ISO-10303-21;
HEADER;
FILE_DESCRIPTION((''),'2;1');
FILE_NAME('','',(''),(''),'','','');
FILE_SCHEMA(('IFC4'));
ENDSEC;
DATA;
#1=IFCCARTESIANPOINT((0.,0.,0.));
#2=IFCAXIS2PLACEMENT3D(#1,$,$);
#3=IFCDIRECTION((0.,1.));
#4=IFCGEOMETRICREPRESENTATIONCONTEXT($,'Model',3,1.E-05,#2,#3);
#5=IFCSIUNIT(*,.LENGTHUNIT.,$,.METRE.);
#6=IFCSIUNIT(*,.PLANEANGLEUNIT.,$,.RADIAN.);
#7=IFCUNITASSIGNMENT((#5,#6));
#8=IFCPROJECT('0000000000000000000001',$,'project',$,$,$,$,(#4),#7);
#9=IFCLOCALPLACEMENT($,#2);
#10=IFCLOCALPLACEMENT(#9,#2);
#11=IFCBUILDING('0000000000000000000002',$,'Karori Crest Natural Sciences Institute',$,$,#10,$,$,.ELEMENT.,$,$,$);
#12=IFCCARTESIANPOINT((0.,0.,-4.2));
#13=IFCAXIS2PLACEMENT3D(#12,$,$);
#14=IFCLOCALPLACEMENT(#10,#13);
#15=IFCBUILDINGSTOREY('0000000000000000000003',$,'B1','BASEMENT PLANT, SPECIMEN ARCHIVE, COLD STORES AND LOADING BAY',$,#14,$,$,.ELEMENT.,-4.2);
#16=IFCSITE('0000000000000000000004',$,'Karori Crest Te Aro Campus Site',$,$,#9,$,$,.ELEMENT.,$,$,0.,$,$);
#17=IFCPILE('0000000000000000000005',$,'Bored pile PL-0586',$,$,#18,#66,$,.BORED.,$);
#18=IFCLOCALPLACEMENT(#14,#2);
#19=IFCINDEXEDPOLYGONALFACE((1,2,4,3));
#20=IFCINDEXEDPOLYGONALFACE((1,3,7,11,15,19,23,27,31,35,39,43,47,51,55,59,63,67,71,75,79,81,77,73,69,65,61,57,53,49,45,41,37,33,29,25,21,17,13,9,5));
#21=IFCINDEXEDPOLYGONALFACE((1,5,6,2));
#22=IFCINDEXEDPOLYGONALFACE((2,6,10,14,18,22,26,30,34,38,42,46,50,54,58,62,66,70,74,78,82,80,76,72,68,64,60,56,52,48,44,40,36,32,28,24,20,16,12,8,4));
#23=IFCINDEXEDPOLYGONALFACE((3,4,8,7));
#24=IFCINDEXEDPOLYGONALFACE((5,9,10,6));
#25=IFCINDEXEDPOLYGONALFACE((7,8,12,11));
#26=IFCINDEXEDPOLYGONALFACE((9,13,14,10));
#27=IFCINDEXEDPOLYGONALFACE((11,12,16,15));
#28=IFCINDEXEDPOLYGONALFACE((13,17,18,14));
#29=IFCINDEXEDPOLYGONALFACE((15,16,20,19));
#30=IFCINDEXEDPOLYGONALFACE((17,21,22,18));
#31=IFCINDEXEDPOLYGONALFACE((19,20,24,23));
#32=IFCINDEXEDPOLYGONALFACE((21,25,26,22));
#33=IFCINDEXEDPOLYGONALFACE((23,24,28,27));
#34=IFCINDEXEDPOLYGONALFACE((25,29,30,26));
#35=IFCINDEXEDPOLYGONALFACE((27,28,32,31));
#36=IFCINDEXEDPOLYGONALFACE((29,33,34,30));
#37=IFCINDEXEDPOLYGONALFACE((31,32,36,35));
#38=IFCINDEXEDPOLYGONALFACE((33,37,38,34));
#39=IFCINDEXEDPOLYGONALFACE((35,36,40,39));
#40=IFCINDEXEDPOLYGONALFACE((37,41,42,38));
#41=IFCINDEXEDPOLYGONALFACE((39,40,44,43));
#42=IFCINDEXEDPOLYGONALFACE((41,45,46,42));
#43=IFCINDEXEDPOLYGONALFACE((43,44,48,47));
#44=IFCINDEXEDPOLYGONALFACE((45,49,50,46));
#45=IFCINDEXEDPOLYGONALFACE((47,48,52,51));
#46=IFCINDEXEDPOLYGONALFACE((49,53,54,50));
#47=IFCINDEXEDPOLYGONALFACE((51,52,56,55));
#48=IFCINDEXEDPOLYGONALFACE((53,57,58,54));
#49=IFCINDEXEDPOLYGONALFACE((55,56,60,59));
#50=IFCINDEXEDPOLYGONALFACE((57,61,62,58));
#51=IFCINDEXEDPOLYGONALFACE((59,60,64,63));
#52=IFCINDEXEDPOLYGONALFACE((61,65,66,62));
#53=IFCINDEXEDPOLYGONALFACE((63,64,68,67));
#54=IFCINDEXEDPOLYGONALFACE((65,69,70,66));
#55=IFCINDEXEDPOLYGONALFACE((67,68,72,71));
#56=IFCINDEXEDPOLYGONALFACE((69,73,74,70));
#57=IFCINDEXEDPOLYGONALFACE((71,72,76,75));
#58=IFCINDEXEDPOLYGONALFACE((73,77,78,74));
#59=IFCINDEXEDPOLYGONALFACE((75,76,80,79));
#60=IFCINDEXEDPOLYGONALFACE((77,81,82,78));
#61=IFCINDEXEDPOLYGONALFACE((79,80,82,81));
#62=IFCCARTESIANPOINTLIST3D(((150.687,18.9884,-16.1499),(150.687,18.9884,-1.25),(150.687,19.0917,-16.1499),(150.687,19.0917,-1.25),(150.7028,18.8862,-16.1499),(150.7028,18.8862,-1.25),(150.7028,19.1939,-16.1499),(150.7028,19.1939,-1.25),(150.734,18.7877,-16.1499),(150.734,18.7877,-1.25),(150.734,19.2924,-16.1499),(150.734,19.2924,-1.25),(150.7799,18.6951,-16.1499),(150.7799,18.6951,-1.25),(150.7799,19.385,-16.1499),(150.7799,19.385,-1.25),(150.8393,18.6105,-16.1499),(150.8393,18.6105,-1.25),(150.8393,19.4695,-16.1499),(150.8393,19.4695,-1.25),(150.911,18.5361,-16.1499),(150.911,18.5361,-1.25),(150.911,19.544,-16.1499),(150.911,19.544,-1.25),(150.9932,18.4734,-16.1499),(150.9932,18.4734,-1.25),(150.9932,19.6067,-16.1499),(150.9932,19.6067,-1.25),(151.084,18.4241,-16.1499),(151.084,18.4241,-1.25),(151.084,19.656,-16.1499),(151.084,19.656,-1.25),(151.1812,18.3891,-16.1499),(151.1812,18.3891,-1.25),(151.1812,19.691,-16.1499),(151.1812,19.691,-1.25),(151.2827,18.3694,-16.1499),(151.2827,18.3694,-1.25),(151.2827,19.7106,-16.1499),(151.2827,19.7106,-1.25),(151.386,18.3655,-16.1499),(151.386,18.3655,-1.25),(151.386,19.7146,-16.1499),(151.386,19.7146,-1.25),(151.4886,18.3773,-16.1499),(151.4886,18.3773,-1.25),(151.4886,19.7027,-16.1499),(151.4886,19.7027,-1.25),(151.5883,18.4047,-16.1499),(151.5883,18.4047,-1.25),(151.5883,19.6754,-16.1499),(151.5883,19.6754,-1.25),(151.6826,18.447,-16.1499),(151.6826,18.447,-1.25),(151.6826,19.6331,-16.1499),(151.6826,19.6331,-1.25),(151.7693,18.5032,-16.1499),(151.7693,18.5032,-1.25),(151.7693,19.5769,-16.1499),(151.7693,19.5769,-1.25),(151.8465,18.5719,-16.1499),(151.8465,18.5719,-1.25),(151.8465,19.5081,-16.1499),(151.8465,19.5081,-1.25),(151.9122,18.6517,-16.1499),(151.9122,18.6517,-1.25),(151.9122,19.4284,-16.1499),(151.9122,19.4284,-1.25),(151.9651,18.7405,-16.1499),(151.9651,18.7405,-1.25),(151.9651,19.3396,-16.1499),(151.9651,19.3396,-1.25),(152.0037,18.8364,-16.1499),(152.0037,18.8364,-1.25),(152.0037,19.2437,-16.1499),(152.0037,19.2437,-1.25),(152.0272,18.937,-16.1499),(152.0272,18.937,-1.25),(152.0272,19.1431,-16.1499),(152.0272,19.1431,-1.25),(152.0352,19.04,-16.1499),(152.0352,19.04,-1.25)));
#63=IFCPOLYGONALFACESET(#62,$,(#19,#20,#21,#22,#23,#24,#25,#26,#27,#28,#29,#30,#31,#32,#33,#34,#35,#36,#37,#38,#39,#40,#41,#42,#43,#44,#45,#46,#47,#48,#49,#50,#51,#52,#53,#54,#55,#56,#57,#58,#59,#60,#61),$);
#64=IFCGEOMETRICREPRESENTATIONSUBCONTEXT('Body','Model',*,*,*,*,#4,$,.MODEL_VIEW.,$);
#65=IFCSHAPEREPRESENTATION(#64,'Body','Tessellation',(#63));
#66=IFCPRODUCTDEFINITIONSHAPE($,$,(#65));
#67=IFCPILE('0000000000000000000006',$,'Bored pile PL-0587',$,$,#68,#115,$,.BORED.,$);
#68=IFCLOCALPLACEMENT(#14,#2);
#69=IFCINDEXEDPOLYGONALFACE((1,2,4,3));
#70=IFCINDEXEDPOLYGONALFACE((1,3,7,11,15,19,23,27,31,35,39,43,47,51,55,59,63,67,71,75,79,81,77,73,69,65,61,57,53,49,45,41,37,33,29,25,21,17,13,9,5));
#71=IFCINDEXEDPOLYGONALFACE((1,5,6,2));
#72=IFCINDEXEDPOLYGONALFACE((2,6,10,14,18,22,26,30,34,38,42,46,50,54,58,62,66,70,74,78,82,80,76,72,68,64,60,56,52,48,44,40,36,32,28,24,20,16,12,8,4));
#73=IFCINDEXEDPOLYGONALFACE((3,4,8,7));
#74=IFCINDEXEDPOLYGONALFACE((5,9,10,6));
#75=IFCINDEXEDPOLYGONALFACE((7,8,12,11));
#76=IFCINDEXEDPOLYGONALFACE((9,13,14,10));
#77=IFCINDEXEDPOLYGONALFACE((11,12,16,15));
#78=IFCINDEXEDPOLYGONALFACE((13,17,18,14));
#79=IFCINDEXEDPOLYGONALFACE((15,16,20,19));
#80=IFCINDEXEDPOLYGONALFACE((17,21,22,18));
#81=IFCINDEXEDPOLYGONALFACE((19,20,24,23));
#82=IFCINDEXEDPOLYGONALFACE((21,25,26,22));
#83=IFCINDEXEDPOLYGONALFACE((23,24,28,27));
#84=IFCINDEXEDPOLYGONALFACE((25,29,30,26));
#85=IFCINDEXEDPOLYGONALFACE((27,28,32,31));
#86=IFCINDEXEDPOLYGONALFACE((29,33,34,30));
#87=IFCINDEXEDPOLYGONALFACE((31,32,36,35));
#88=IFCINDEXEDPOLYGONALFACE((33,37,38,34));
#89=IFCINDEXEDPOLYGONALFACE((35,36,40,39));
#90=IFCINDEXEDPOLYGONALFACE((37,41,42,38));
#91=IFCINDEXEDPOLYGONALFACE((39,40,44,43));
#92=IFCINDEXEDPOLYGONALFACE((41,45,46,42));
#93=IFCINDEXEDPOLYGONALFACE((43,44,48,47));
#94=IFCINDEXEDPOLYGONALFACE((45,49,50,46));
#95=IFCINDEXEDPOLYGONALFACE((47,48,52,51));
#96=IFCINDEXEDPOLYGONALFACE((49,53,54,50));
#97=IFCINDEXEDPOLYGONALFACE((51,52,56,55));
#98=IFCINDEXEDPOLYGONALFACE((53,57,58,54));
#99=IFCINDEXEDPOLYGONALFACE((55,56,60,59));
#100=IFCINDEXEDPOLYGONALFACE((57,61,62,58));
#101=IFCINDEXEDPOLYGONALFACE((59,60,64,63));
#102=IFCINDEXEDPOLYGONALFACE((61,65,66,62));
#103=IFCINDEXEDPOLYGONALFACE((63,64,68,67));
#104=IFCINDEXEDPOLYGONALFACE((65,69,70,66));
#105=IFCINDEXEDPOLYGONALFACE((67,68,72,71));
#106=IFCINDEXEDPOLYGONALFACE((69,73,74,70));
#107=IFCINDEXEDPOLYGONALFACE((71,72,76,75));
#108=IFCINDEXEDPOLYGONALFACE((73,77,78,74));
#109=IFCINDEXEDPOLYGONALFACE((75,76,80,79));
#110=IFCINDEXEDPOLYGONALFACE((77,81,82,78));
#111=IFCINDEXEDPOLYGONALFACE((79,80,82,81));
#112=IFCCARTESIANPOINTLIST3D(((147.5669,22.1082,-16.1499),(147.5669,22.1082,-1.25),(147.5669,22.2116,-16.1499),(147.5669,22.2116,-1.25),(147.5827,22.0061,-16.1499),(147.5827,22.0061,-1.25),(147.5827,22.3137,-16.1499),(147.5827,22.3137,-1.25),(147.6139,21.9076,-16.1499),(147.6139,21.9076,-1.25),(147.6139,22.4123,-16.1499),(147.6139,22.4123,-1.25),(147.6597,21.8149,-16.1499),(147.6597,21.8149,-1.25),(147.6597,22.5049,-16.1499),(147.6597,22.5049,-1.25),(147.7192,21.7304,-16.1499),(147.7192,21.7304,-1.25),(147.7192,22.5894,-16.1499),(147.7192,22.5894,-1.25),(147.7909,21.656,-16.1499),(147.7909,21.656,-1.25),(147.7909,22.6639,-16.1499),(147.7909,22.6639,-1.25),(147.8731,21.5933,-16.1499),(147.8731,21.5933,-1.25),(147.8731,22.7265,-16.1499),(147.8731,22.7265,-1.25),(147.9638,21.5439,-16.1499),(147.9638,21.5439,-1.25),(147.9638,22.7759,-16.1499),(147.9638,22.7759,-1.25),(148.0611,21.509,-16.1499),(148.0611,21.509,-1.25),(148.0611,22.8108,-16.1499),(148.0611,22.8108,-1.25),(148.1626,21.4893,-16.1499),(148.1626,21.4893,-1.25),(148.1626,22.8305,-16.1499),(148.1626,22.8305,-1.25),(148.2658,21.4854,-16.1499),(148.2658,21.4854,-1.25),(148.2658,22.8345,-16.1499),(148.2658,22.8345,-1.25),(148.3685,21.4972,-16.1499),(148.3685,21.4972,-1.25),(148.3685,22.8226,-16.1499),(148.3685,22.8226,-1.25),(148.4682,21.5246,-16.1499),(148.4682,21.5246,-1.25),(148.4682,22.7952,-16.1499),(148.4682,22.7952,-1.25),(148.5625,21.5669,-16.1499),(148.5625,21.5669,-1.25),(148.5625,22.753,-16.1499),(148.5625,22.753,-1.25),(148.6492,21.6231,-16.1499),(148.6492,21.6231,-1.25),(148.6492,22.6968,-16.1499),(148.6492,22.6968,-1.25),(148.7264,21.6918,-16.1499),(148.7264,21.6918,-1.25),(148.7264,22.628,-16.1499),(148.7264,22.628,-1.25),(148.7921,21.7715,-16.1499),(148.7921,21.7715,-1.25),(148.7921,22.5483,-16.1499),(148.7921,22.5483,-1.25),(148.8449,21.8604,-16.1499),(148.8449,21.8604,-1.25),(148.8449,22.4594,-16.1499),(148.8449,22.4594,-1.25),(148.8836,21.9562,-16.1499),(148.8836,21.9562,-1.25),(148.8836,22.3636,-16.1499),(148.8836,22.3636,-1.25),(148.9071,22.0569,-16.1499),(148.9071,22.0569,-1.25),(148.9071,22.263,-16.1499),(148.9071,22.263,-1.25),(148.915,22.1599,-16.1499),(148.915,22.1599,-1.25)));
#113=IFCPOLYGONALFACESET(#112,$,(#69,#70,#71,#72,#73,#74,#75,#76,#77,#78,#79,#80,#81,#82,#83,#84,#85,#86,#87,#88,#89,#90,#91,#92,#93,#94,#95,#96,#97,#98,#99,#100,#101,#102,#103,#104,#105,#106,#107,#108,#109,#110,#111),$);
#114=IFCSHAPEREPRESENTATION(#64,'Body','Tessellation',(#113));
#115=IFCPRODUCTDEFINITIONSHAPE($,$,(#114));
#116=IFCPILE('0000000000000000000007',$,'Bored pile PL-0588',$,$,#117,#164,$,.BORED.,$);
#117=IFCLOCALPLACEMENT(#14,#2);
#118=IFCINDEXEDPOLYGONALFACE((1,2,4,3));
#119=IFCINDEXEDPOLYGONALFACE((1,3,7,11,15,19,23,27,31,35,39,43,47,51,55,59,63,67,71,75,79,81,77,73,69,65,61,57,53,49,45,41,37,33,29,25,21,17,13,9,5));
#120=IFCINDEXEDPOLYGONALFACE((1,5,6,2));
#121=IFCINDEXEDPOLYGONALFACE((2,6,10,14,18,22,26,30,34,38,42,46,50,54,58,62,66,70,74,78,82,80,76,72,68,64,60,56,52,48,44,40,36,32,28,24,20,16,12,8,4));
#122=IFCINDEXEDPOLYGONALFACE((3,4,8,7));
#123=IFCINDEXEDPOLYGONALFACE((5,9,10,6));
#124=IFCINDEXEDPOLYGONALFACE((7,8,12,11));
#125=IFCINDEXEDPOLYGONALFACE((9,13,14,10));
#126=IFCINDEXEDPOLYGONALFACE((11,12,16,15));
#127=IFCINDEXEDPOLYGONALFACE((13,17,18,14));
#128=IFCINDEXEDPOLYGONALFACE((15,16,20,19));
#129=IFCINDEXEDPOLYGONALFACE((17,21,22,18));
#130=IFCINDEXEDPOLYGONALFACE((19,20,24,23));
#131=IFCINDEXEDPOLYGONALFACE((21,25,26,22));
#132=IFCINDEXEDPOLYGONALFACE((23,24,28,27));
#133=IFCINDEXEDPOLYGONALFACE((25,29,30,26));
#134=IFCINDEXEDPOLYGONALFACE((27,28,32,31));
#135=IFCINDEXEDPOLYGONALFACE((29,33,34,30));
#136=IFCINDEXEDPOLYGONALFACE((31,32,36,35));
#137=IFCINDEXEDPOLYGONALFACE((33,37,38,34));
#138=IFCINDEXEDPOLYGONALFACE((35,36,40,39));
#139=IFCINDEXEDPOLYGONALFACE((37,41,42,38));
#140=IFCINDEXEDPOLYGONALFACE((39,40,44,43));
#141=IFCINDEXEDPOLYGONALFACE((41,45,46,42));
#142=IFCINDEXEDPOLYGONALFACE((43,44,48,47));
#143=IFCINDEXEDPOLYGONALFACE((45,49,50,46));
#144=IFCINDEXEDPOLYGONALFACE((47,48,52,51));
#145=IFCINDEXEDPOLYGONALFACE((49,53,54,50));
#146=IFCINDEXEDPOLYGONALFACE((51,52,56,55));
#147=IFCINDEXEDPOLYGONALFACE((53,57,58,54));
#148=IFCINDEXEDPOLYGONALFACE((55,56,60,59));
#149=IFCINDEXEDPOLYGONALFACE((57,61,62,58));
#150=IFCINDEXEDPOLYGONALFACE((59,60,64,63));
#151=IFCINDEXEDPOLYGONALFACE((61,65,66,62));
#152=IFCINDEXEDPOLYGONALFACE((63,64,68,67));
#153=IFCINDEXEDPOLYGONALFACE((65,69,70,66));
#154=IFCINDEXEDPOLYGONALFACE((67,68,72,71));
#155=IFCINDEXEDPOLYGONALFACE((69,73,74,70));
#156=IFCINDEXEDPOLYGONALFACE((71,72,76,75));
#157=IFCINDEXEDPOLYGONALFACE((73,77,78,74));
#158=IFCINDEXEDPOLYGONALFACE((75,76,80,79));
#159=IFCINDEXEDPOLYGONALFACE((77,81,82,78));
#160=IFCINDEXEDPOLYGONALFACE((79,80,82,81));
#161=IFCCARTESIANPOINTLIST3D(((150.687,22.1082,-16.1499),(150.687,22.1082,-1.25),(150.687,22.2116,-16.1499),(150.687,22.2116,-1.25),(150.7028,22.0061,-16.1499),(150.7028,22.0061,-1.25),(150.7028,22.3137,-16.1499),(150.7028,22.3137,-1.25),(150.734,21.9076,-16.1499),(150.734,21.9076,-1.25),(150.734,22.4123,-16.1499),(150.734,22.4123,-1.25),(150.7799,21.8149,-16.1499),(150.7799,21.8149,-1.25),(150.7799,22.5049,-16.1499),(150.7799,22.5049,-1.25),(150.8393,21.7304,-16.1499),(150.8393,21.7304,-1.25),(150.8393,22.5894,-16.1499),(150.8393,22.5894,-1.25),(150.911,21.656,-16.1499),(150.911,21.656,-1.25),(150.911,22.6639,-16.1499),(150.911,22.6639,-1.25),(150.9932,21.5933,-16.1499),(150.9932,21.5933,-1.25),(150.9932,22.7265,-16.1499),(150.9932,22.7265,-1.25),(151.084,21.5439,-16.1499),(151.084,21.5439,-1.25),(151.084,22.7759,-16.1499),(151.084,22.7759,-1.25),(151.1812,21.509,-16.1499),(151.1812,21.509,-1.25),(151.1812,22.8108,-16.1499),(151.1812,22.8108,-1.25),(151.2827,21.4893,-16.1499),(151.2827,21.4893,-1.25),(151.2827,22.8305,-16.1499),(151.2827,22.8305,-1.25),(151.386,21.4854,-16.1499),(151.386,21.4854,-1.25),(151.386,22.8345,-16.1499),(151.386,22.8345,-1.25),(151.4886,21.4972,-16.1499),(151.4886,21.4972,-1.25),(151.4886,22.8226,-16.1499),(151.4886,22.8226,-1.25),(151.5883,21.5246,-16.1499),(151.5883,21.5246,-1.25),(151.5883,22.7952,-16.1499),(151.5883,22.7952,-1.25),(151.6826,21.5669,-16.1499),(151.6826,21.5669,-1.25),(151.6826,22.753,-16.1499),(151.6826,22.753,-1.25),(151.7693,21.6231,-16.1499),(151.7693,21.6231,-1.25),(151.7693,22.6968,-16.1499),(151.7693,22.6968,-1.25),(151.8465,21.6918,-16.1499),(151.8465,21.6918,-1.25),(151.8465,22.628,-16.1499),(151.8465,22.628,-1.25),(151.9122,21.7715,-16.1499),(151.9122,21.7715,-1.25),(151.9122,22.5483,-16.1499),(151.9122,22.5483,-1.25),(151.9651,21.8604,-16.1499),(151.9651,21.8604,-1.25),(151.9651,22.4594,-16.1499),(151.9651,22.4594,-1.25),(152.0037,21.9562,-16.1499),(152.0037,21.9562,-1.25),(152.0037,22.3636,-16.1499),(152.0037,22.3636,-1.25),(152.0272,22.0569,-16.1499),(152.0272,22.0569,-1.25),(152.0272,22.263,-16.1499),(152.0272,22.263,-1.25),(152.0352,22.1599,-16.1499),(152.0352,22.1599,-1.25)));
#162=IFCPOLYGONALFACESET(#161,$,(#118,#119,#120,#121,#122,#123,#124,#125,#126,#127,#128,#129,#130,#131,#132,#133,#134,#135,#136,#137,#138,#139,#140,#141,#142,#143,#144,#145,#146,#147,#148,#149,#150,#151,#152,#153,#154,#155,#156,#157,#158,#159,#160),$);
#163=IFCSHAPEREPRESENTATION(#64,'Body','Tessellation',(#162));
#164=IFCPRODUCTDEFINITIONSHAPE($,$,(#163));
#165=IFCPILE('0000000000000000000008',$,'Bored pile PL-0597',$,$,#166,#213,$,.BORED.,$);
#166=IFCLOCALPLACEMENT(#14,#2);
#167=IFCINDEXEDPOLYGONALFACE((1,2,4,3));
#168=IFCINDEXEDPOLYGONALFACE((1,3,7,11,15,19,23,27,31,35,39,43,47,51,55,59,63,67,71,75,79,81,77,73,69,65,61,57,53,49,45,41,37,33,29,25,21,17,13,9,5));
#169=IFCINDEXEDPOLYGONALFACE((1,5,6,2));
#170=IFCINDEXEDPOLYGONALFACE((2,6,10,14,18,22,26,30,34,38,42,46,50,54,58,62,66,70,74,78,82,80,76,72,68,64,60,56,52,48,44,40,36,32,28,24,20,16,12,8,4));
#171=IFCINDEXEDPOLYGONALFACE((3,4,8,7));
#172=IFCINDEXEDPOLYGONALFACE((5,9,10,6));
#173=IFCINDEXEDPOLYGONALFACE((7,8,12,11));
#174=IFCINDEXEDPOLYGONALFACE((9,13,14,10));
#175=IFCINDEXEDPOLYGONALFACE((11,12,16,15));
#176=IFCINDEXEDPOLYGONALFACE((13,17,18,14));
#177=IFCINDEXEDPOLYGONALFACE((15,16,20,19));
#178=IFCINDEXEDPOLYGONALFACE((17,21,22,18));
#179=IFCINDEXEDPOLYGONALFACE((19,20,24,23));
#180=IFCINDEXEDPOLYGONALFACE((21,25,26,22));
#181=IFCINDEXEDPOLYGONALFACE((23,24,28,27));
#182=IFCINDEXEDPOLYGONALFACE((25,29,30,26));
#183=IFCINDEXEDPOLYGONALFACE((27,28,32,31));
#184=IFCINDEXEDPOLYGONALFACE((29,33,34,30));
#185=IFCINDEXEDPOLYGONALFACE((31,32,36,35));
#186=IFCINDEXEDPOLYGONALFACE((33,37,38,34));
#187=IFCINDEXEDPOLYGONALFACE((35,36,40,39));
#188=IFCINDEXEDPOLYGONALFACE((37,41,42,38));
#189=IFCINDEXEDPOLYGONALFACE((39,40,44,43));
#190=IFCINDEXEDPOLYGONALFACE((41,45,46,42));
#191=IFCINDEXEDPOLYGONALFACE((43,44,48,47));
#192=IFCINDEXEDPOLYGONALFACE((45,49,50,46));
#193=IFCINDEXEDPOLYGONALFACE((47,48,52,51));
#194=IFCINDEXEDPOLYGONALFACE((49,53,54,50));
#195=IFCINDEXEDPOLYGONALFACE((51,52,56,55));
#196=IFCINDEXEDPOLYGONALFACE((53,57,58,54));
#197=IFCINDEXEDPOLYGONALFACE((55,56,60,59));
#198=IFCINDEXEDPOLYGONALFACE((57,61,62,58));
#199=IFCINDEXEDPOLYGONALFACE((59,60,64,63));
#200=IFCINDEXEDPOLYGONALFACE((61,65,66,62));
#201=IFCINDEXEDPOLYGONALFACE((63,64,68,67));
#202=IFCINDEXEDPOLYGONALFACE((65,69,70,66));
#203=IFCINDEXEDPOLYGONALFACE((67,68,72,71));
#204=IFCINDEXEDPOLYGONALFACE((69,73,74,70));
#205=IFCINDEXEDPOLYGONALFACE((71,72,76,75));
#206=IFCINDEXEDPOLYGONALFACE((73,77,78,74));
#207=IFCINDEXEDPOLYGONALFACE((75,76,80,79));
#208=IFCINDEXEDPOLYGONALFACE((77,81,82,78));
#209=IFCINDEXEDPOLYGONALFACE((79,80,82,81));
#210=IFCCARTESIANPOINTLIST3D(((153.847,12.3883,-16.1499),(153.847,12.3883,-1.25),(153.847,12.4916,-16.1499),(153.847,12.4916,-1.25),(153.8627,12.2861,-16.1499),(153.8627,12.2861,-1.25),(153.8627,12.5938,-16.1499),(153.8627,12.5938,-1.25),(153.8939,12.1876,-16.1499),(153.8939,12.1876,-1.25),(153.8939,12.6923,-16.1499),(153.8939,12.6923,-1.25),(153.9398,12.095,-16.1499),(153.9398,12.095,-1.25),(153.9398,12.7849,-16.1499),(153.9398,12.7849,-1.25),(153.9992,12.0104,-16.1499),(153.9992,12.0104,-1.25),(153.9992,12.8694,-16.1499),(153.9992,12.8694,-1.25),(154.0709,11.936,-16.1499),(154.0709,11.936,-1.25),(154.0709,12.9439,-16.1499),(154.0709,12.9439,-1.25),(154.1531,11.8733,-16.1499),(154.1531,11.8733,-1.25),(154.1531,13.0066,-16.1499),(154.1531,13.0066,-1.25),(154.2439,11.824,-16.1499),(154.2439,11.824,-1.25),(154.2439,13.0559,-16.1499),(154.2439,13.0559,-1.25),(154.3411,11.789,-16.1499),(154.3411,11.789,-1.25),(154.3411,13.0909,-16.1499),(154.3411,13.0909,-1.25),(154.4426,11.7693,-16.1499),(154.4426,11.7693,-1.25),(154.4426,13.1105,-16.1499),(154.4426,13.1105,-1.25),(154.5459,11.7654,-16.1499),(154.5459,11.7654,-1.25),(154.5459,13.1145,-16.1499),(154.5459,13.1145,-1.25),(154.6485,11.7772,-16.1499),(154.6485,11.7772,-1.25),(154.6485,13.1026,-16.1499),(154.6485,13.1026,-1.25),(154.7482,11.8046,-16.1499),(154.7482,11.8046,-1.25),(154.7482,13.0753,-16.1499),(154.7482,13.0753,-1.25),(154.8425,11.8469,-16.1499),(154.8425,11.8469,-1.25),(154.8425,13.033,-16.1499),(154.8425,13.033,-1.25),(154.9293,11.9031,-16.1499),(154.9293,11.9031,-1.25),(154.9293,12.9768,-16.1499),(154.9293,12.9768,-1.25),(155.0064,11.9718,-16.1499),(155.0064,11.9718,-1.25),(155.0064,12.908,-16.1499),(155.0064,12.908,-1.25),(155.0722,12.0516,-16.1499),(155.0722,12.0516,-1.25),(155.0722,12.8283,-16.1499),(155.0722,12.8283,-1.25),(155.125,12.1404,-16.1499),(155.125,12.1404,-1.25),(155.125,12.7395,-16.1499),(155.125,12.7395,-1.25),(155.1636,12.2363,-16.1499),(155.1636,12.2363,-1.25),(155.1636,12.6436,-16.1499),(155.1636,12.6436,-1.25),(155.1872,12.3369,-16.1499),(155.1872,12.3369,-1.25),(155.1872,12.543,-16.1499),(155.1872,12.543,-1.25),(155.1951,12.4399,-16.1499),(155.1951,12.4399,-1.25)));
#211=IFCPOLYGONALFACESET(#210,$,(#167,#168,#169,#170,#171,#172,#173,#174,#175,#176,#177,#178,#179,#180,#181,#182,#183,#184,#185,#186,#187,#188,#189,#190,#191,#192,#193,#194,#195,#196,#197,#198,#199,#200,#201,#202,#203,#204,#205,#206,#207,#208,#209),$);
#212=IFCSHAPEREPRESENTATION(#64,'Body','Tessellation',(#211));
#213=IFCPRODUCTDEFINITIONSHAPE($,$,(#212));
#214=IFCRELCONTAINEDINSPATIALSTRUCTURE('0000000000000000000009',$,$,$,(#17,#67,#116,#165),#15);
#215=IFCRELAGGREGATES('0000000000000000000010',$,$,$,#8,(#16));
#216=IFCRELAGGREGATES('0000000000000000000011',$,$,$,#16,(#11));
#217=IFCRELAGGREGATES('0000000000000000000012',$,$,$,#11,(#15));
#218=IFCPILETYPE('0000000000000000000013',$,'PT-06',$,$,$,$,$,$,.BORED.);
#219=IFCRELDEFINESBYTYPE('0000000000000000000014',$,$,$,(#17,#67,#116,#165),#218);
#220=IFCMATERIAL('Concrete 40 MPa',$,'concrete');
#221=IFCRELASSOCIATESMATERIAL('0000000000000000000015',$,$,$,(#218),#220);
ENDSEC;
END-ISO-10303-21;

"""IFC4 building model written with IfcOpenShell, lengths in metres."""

from ifc_helpers import new_model, si_unit, direction, frame, origin, origin_2d, place, context, subcontext, project, spatial, circle, extrude, material, material_profile, profile_set, type_object, element, save


model = new_model("IFC4")

# Units and contexts
model_context = context("Model", 3, precision=1e-05, world=origin(), true_north=direction((0.0, 1.0)))
body_context = subcontext(model_context, "Body", "Model", "MODEL_VIEW")
ifc_project = project(units=[si_unit("LENGTHUNIT", "METRE"), si_unit("PLANEANGLEUNIT", "RADIAN")], contexts=[model_context])

# Site, building, storey
site_placement = place(None, origin())
site = spatial("IfcSite", under=ifc_project, at=site_placement, Name="Karori Crest Te Aro Campus Site", CompositionType="ELEMENT", RefElevation=0.0)
building_placement = place(site_placement, origin())
building = spatial("IfcBuilding", under=site, at=building_placement, Name="Karori Crest Natural Sciences Institute", CompositionType="ELEMENT")
storey_placement = place(building_placement, frame((0.0, 0.0, -4.2)))
storey = spatial("IfcBuildingStorey", under=building, at=storey_placement, Name="B1", Description="BASEMENT PLANT, SPECIMEN ARCHIVE, COLD STORES AND LOADING BAY", CompositionType="ELEMENT", Elevation=-4.2)

# Shared definitions
ifc_material_1 = material(Name="Concrete 40 MPa", Category="concrete")

# Piles
ifc_material_profile_1 = material_profile(ifc_material_1, circle(Radius=0.675, at=origin_2d()), Name="PILE1350")
ifc_profile_set_1 = profile_set([ifc_material_profile_1], Name="Concrete 40 MPa")
pile_type = type_object("IfcPileType", Name="PT-06", PredefinedType="BORED", material=ifc_profile_set_1)
for number, where, z_axis, x_axis, name in (
    (1, (151.3601, 19.04, -1.25), (0.0, 0.0, -1.0), (1.0, 0.0, 0.0), "Bored pile PL-0586"),
    (2, (148.24, 22.1599, -1.25), (0.0, 0.0, -1.0), (1.0, 0.0, 0.0), "Bored pile PL-0587"),
    (3, (151.3601, 22.1599, -1.25), (0.0, 0.0, -1.0), (1.0, 0.0, 0.0), "Bored pile PL-0588"),
    (4, (154.52, 12.4399, -1.25), (0.0, 0.0, -1.0), (1.0, 0.0, 0.0), "Bored pile PL-0597"),
):
    element("IfcPile", number, at=place(storey_placement, frame(where, z_axis=z_axis, x_axis=x_axis)), inside=storey, type_object=pile_type, Name=name, PredefinedType="BORED", context=body_context, shape_type="SweptSolid", body=[
        extrude(circle(Radius=0.675, at=origin_2d()), origin(), (0.0, 0.0, 1.0), 14.8999),
    ])

save(model, "model.ifc")
